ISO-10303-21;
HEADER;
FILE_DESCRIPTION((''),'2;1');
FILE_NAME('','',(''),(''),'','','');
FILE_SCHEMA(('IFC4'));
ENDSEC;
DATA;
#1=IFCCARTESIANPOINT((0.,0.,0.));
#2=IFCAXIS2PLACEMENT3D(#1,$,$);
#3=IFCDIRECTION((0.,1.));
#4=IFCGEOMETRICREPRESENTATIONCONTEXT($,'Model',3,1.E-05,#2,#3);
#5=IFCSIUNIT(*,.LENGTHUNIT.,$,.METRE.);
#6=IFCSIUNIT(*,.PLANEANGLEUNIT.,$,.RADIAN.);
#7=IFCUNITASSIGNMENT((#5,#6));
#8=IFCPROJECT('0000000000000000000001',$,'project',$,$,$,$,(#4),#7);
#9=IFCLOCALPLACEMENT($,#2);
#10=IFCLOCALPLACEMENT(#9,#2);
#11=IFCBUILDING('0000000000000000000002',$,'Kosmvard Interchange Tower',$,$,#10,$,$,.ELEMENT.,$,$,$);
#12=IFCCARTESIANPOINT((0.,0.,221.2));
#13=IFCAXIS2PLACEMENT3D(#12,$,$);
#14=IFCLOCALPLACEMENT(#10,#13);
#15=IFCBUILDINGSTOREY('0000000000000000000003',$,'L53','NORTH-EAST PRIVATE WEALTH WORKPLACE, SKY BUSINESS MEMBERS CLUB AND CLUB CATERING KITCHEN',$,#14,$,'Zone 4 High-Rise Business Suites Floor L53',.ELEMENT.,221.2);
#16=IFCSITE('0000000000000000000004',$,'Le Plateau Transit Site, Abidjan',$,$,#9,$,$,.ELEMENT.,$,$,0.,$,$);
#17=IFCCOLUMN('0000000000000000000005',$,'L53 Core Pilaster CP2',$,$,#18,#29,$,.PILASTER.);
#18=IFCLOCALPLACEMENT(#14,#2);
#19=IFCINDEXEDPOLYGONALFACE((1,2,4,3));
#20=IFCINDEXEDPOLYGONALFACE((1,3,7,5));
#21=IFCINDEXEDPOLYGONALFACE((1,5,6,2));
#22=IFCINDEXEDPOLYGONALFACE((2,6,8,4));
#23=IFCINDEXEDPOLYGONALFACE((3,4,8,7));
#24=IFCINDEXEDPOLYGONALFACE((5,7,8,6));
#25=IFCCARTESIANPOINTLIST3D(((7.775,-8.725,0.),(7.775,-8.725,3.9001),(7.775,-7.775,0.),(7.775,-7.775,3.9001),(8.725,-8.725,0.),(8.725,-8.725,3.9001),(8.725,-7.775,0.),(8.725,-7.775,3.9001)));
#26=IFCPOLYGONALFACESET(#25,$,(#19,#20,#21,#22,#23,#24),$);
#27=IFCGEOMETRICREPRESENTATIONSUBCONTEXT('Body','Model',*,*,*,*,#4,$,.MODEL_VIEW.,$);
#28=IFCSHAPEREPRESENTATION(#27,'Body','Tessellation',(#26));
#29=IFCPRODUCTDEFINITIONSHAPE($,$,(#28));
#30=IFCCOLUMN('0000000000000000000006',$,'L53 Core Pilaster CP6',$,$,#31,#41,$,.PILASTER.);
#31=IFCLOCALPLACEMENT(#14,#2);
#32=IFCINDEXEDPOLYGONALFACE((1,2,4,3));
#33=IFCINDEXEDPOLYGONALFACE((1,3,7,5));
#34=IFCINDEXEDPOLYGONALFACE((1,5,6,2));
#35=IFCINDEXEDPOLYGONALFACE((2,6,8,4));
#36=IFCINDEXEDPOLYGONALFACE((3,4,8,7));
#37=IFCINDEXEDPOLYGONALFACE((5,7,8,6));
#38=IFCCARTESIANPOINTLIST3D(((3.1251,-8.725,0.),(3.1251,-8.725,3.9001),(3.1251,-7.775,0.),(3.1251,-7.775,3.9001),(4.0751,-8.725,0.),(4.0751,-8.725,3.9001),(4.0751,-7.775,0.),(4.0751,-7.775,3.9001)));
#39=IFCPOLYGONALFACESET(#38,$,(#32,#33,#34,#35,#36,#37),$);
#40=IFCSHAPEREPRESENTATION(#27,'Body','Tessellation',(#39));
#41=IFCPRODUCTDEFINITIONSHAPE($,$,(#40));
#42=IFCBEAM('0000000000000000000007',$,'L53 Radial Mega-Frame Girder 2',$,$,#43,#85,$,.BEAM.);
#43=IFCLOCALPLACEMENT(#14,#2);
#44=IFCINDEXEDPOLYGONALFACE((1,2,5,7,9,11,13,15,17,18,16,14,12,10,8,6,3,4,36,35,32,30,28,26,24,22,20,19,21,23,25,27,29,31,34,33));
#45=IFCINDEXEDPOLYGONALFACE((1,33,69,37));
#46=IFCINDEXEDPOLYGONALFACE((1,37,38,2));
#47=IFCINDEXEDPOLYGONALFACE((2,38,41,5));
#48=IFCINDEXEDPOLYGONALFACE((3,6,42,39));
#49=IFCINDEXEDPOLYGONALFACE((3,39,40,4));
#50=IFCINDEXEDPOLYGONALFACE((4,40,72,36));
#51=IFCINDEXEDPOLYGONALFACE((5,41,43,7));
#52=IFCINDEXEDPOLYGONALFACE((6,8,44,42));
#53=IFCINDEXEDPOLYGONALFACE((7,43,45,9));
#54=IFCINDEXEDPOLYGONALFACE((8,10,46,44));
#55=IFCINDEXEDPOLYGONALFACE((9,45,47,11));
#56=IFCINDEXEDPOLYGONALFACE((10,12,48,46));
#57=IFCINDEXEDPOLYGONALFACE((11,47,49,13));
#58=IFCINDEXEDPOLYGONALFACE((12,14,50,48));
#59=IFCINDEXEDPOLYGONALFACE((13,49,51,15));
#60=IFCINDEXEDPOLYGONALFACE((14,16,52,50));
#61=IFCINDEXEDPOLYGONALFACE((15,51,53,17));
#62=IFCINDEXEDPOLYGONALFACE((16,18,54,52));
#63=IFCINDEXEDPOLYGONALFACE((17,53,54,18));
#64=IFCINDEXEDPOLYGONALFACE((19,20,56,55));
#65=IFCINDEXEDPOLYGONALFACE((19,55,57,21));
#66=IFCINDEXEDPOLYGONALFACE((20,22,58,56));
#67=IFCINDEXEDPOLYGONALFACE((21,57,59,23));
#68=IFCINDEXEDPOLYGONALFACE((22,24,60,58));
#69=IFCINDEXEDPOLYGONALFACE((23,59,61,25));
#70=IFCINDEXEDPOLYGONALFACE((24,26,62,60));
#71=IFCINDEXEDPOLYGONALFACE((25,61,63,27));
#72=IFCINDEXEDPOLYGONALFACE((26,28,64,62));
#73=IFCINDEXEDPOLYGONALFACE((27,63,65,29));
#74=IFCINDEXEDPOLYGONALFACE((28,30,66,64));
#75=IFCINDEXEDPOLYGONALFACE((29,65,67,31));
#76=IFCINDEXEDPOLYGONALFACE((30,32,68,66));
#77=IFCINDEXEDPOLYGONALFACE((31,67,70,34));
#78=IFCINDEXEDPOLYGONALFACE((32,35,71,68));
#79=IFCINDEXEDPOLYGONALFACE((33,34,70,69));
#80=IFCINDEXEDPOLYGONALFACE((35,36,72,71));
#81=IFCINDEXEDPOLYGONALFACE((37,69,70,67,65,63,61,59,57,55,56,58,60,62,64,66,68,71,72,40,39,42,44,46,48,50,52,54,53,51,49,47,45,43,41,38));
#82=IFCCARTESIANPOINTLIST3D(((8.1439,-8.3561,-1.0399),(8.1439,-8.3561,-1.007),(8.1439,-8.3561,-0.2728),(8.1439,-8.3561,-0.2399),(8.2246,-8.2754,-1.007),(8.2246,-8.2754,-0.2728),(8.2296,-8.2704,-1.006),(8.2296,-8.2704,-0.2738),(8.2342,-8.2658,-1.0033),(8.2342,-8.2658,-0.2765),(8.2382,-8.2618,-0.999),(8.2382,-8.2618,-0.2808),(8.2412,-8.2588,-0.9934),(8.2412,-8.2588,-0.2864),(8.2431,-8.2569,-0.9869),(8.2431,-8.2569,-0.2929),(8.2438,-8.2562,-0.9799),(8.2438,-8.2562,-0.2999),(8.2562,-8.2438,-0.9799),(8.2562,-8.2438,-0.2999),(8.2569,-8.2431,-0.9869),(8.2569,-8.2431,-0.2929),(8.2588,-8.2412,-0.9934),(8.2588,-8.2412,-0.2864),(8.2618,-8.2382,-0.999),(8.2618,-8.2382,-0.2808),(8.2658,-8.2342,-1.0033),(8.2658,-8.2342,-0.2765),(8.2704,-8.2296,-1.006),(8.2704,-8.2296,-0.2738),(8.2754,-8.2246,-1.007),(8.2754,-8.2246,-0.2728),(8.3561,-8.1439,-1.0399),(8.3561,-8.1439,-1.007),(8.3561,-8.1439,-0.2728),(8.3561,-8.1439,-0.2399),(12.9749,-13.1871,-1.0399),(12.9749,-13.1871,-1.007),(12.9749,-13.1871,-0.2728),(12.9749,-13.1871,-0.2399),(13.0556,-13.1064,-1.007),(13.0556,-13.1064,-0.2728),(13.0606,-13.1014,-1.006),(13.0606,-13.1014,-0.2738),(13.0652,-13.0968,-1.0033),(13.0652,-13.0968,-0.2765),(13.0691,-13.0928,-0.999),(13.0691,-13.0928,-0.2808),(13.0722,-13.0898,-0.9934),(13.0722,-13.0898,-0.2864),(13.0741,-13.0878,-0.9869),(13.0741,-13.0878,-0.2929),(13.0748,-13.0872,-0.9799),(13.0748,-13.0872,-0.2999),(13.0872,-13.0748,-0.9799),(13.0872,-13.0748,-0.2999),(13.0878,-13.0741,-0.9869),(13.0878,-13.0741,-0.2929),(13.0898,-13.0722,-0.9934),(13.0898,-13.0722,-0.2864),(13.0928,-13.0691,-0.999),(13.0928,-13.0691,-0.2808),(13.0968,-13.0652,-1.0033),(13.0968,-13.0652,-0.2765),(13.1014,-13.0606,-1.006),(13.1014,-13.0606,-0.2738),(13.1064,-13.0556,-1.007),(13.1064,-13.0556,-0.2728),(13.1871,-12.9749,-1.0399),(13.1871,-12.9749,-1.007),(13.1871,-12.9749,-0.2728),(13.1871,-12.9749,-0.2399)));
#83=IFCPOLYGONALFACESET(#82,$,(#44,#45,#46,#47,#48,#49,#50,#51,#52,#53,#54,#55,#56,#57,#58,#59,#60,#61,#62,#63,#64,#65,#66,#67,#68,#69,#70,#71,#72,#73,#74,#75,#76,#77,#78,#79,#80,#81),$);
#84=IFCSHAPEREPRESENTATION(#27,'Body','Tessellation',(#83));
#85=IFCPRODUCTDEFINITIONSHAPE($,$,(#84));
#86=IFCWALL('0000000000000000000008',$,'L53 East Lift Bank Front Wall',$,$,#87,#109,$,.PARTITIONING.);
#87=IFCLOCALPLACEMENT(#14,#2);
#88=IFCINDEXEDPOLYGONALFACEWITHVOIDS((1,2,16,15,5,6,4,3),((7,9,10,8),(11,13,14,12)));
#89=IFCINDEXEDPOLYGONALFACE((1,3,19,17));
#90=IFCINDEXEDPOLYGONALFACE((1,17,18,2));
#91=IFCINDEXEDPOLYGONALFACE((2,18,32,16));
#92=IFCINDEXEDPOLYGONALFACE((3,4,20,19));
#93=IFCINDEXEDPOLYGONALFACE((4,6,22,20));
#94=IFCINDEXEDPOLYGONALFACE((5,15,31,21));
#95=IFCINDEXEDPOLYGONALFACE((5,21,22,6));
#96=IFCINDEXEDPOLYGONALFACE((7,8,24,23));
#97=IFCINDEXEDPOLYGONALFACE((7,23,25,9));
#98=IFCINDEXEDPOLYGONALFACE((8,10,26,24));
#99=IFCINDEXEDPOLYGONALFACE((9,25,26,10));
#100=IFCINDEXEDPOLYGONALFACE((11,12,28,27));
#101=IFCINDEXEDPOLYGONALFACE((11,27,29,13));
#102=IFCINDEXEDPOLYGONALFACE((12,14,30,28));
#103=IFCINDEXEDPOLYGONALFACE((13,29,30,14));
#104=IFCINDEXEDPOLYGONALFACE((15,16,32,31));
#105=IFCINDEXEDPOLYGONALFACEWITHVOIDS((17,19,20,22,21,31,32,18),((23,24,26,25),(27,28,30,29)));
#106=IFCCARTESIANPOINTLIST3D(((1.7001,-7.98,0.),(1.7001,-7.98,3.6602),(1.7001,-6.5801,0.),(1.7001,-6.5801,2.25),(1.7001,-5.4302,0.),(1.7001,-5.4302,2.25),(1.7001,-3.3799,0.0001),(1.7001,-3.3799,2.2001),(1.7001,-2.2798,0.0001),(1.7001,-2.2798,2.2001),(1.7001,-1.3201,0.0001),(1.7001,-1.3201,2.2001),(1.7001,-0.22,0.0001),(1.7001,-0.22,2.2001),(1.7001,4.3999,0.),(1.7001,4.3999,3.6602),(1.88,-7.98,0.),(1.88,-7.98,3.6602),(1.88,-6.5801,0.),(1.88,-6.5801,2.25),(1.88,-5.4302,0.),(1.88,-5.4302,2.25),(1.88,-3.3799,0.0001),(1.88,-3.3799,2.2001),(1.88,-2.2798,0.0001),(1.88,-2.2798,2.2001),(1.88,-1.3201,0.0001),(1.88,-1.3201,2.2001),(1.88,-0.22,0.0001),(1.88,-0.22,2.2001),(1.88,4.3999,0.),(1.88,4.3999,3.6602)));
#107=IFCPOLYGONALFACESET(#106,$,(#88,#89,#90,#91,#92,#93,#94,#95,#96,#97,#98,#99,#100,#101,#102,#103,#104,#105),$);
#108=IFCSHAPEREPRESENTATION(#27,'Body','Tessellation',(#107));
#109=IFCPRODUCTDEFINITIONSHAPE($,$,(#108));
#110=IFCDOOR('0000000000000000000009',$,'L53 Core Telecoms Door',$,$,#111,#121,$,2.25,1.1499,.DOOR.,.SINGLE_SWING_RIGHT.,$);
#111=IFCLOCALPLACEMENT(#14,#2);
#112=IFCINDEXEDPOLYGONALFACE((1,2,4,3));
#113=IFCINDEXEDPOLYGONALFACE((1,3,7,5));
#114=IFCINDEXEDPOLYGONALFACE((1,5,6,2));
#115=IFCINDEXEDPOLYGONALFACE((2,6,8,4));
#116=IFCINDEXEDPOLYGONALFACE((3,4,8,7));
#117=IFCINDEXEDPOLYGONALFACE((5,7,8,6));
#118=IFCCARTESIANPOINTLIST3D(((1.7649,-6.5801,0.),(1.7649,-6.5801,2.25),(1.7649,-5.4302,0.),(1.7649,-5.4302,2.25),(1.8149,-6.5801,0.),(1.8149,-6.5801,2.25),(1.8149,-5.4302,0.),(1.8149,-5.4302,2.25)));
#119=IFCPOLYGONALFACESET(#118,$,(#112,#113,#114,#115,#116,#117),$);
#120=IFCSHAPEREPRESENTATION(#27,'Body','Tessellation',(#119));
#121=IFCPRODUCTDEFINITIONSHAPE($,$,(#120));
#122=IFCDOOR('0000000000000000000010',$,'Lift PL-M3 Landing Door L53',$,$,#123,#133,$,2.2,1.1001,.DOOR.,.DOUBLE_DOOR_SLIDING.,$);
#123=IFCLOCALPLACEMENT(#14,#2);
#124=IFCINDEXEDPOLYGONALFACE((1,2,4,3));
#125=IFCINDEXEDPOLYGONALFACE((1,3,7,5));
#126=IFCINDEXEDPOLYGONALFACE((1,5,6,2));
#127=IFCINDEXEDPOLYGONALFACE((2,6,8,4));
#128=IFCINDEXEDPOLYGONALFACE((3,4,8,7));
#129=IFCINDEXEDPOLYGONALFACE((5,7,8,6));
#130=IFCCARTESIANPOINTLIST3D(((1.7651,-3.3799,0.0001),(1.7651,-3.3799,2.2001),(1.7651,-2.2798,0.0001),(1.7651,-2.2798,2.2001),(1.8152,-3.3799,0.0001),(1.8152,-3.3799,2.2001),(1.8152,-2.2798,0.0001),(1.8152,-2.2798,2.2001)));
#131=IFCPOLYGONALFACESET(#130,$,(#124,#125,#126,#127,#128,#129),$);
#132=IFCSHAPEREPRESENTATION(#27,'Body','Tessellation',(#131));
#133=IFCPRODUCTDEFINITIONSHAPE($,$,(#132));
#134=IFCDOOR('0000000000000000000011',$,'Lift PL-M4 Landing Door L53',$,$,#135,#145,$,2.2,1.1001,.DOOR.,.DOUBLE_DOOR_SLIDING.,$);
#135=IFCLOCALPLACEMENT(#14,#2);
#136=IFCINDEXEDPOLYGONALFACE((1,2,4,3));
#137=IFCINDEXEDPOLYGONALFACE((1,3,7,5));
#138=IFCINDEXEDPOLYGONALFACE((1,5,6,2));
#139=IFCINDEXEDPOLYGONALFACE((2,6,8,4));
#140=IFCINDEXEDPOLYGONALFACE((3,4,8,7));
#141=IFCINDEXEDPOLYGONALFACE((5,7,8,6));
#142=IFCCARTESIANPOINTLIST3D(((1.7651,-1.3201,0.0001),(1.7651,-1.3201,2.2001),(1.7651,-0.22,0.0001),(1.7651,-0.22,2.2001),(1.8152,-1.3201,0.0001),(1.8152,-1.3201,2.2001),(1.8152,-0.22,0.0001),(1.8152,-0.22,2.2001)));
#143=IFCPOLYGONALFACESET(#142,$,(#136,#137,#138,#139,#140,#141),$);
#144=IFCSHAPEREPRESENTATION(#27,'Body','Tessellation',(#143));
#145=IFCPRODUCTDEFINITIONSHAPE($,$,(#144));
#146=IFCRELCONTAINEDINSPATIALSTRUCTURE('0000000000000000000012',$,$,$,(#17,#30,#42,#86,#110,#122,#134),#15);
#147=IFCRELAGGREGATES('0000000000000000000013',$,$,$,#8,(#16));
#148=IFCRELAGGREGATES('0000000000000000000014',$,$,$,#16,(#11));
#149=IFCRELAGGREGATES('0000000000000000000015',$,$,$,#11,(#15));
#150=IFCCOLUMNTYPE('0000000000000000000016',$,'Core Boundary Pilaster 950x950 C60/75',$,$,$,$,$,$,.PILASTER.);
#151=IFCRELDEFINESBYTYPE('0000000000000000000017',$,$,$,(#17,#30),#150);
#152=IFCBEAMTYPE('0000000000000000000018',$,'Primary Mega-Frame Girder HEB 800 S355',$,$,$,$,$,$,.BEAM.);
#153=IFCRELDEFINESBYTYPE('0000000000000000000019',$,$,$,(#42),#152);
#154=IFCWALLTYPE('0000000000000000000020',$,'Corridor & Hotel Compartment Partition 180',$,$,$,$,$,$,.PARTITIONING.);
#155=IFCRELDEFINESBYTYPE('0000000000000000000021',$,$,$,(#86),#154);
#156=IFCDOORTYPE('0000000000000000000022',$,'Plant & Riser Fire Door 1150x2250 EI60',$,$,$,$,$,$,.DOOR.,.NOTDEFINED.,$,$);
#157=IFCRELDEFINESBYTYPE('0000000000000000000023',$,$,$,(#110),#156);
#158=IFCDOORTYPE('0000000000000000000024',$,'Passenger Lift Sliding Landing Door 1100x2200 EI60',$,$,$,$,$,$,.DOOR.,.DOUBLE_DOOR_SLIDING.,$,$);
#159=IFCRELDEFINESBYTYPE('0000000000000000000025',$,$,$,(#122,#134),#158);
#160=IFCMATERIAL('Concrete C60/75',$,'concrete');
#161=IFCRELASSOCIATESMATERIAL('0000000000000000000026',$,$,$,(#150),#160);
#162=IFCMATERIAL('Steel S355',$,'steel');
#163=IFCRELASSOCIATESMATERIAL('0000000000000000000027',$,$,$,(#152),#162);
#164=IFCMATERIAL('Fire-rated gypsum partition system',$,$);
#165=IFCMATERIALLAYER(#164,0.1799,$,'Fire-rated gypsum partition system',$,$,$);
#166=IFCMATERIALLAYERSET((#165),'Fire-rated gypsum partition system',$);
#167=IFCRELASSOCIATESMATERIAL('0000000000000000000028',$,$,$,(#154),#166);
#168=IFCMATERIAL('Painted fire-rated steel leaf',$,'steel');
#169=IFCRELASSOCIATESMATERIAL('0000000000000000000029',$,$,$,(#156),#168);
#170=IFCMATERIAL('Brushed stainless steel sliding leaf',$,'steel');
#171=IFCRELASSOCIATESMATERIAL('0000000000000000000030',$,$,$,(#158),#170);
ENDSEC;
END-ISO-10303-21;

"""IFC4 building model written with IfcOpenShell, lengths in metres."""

from ifc_helpers import new_model, si_unit, direction, frame, frame_2d, origin, origin_2d, place, context, subcontext, project, spatial, rectangle, i_section, extrude, source, transform, mapped, material, layer, layer_set, material_profile, profile_set, type_object, element, fill, save


model = new_model("IFC4")

# Units and contexts
model_context = context("Model", 3, precision=1e-05, world=origin(), true_north=direction((0.0, 1.0)))
body_context = subcontext(model_context, "Body", "Model", "MODEL_VIEW")
ifc_project = project(units=[si_unit("LENGTHUNIT", "METRE"), si_unit("PLANEANGLEUNIT", "RADIAN")], contexts=[model_context])

# Site, building, storey
site_placement = place(None, origin())
site = spatial("IfcSite", under=ifc_project, at=site_placement, Name="Le Plateau Transit Site, Abidjan", CompositionType="ELEMENT", RefElevation=0.0)
building_placement = place(site_placement, origin())
building = spatial("IfcBuilding", under=site, at=building_placement, Name="Kosmvard Interchange Tower", CompositionType="ELEMENT")
storey_placement = place(building_placement, frame((0.0, 0.0, 221.2)))
storey = spatial("IfcBuildingStorey", under=building, at=storey_placement, Name="L53", Description="NORTH-EAST PRIVATE WEALTH WORKPLACE, SKY BUSINESS MEMBERS CLUB AND CLUB CATERING KITCHEN", LongName="Zone 4 High-Rise Business Suites Floor L53", CompositionType="ELEMENT", Elevation=221.2)

# Columns
ifc_material_1 = material(Name="Concrete C60/75", Category="concrete")
ifc_material_profile_1 = material_profile(ifc_material_1, rectangle(XDim=0.95, YDim=0.95, at=origin_2d()), Name="CP 950x950")
ifc_profile_set_1 = profile_set([ifc_material_profile_1], Name="Concrete C60/75")
column_type = type_object("IfcColumnType", Name="Core Boundary Pilaster 950x950 C60/75", PredefinedType="PILASTER", material=ifc_profile_set_1)
shared_shape_1 = source(origin(), body_context, "Body", "SweptSolid", [
    extrude(rectangle(XDim=0.95, YDim=0.95, at=origin_2d()), origin(), (0.0, 0.0, 1.0), 3.9001),
])
for number, where, z_axis, x_axis, name in (
    (1, (8.25, -8.25, 0.0), (0.0, 0.0, 1.0), (1.0, 0.0, 0.0), "L53 Core Pilaster CP2"),
    (2, (3.6001, -8.25, 0.0), (0.0, 0.0, 1.0), (1.0, 0.0, 0.0), "L53 Core Pilaster CP6"),
):
    element("IfcColumn", number, at=place(storey_placement, frame(where, z_axis=z_axis, x_axis=x_axis)), inside=storey, type_object=column_type, Name=name, PredefinedType="PILASTER", context=body_context, shape_type="MappedRepresentation", body=[
        mapped(shared_shape_1, transform((0.0, 0.0, 0.0), scale=1.0)),
    ])

# Beam
ifc_material_2 = material(Name="Steel S355", Category="steel")
ifc_material_profile_2 = material_profile(ifc_material_2, i_section(OverallWidth=0.3, OverallDepth=0.8, WebThickness=0.0176, FlangeThickness=0.033, FilletRadius=0.0271, at=origin_2d()), Name="HEB 800")
ifc_profile_set_2 = profile_set([ifc_material_profile_2], Name="Steel S355")
beam_type = type_object("IfcBeamType", Name="Primary Mega-Frame Girder HEB 800 S355", PredefinedType="BEAM", material=ifc_profile_set_2)
shared_shape_2 = source(origin(), body_context, "Body", "SweptSolid", [
    extrude(i_section(OverallWidth=0.3, OverallDepth=0.8, WebThickness=0.0176, FlangeThickness=0.033, FilletRadius=0.0271, at=origin_2d()), origin(), (0.0, 0.0, 1.0), 6.832),
])
beam_placement = place(storey_placement, frame((8.25, -8.25, -0.6399), z_axis=(0.707107, -0.707107, 0.0), x_axis=(0.707107, 0.707107, 0.0)))
element("IfcBeam", 3, at=beam_placement, inside=storey, type_object=beam_type, Name="L53 Radial Mega-Frame Girder 2", PredefinedType="BEAM", context=body_context, shape_type="MappedRepresentation", body=[
    mapped(shared_shape_2, transform((0.0, 0.0, 0.0), scale=1.0)),
])

# Wall, openings, doors
ifc_material_3 = material(Name="Fire-rated gypsum partition system")
ifc_layer_1 = layer(ifc_material_3, 0.1799, Name="Fire-rated gypsum partition system")
ifc_layer_set_1 = layer_set([ifc_layer_1], Name="Fire-rated gypsum partition system")
wall_type_1 = type_object("IfcWallType", Name="Corridor & Hotel Compartment Partition 180", PredefinedType="PARTITIONING", material=ifc_layer_set_1)
wall_1_placement = place(storey_placement, frame((1.79, -7.98, 0.0), z_axis=(0.0, 0.0, 1.0), x_axis=(0.0, 1.0, 0.0)))
wall_1 = element("IfcWall", 4, at=wall_1_placement, inside=storey, type_object=wall_type_1, Name="L53 East Lift Bank Front Wall", PredefinedType="PARTITIONING", context=body_context, shape_type="SweptSolid", body=[
    extrude(rectangle(XDim=12.3799, YDim=0.1799, at=frame_2d((6.1899, 0.0))), origin(), (0.0, 0.0, 1.0), 3.6602),
])
opening_1_placement = place(wall_1_placement, frame((4.6001, 0.0, 0.0)))
opening_1 = element("IfcOpeningElement", 5, at=opening_1_placement, cuts=wall_1, PredefinedType="OPENING", context=body_context, shape_type="SweptSolid", body=[
    extrude(rectangle(XDim=1.1001, YDim=2.2, at=frame_2d((0.55, 1.1001))), frame((0.0, 0.1001, 0.0), z_axis=(0.0, -1.0, 0.0), x_axis=(1.0, 0.0, 0.0)), (0.0, 0.0, 1.0), 0.2),
])
opening_2_placement = place(wall_1_placement, frame((6.6599, 0.0, 0.0)))
opening_2 = element("IfcOpeningElement", 6, at=opening_2_placement, cuts=wall_1, PredefinedType="OPENING", context=body_context, shape_type="SweptSolid", body=[
    extrude(rectangle(XDim=1.1001, YDim=2.2, at=frame_2d((0.55, 1.1001))), frame((0.0, 0.1001, 0.0), z_axis=(0.0, -1.0, 0.0), x_axis=(1.0, 0.0, 0.0)), (0.0, 0.0, 1.0), 0.2),
])
opening_3_placement = place(wall_1_placement, frame((1.3999, 0.0, 0.0)))
opening_3 = element("IfcOpeningElement", 7, at=opening_3_placement, cuts=wall_1, PredefinedType="OPENING", context=body_context, shape_type="SweptSolid", body=[
    extrude(rectangle(XDim=1.1499, YDim=2.25, at=frame_2d((0.575, 1.125))), frame((0.0, 0.1001, 0.0), z_axis=(0.0, -1.0, 0.0), x_axis=(1.0, 0.0, 0.0)), (0.0, 0.0, 1.0), 0.2),
])
ifc_material_4 = material(Name="Painted fire-rated steel leaf", Category="steel")
door_type_1 = type_object("IfcDoorType", Name="Plant & Riser Fire Door 1150x2250 EI60", OperationType="NOTDEFINED", PredefinedType="DOOR", material=ifc_material_4)
shared_shape_3 = source(origin(), body_context, "Body", "SweptSolid", [
    extrude(rectangle(XDim=1.1499, YDim=2.25, at=frame_2d((0.575, 1.125))), frame((0.0, 0.0249, 0.0), z_axis=(0.0, -1.0, 0.0), x_axis=(1.0, 0.0, 0.0)), (0.0, 0.0, 1.0), 0.05),
])
door_1_placement = place(opening_3_placement, frame((1.1499, 0.0, 0.0), z_axis=(0.0, 0.0, 1.0), x_axis=(-1.0, 0.0, 0.0)))
door_1 = element("IfcDoor", 8, at=door_1_placement, inside=storey, type_object=door_type_1, Name="L53 Core Telecoms Door", OperationType="SINGLE_SWING_RIGHT", OverallHeight=2.25, OverallWidth=1.1499, PredefinedType="DOOR", context=body_context, shape_type="MappedRepresentation", body=[
    mapped(shared_shape_3, transform((0.0, 0.0, 0.0), scale=1.0)),
])
fill(opening_3, door_1)
ifc_material_5 = material(Name="Brushed stainless steel sliding leaf", Category="steel")
door_type_2 = type_object("IfcDoorType", Name="Passenger Lift Sliding Landing Door 1100x2200 EI60", OperationType="DOUBLE_DOOR_SLIDING", PredefinedType="DOOR", material=ifc_material_5)
shared_shape_4 = source(origin(), body_context, "Body", "SweptSolid", [
    extrude(rectangle(XDim=1.1001, YDim=2.2, at=frame_2d((0.55, 1.1001))), frame((0.0, 0.0249, 0.0), z_axis=(0.0, -1.0, 0.0), x_axis=(1.0, 0.0, 0.0)), (0.0, 0.0, 1.0), 0.05),
])
door_2_placement = place(opening_1_placement, origin())
door_2 = element("IfcDoor", 9, at=door_2_placement, inside=storey, type_object=door_type_2, Name="Lift PL-M3 Landing Door L53", OperationType="DOUBLE_DOOR_SLIDING", OverallHeight=2.2, OverallWidth=1.1001, PredefinedType="DOOR", context=body_context, shape_type="MappedRepresentation", body=[
    mapped(shared_shape_4, transform((0.0, 0.0, 0.0), scale=1.0)),
])
fill(opening_1, door_2)
door_3_placement = place(opening_2_placement, origin())
door_3 = element("IfcDoor", 10, at=door_3_placement, inside=storey, type_object=door_type_2, Name="Lift PL-M4 Landing Door L53", OperationType="DOUBLE_DOOR_SLIDING", OverallHeight=2.2, OverallWidth=1.1001, PredefinedType="DOOR", context=body_context, shape_type="MappedRepresentation", body=[
    mapped(shared_shape_4, transform((0.0, 0.0, 0.0), scale=1.0)),
])
fill(opening_2, door_3)

save(model, "model.ifc")
